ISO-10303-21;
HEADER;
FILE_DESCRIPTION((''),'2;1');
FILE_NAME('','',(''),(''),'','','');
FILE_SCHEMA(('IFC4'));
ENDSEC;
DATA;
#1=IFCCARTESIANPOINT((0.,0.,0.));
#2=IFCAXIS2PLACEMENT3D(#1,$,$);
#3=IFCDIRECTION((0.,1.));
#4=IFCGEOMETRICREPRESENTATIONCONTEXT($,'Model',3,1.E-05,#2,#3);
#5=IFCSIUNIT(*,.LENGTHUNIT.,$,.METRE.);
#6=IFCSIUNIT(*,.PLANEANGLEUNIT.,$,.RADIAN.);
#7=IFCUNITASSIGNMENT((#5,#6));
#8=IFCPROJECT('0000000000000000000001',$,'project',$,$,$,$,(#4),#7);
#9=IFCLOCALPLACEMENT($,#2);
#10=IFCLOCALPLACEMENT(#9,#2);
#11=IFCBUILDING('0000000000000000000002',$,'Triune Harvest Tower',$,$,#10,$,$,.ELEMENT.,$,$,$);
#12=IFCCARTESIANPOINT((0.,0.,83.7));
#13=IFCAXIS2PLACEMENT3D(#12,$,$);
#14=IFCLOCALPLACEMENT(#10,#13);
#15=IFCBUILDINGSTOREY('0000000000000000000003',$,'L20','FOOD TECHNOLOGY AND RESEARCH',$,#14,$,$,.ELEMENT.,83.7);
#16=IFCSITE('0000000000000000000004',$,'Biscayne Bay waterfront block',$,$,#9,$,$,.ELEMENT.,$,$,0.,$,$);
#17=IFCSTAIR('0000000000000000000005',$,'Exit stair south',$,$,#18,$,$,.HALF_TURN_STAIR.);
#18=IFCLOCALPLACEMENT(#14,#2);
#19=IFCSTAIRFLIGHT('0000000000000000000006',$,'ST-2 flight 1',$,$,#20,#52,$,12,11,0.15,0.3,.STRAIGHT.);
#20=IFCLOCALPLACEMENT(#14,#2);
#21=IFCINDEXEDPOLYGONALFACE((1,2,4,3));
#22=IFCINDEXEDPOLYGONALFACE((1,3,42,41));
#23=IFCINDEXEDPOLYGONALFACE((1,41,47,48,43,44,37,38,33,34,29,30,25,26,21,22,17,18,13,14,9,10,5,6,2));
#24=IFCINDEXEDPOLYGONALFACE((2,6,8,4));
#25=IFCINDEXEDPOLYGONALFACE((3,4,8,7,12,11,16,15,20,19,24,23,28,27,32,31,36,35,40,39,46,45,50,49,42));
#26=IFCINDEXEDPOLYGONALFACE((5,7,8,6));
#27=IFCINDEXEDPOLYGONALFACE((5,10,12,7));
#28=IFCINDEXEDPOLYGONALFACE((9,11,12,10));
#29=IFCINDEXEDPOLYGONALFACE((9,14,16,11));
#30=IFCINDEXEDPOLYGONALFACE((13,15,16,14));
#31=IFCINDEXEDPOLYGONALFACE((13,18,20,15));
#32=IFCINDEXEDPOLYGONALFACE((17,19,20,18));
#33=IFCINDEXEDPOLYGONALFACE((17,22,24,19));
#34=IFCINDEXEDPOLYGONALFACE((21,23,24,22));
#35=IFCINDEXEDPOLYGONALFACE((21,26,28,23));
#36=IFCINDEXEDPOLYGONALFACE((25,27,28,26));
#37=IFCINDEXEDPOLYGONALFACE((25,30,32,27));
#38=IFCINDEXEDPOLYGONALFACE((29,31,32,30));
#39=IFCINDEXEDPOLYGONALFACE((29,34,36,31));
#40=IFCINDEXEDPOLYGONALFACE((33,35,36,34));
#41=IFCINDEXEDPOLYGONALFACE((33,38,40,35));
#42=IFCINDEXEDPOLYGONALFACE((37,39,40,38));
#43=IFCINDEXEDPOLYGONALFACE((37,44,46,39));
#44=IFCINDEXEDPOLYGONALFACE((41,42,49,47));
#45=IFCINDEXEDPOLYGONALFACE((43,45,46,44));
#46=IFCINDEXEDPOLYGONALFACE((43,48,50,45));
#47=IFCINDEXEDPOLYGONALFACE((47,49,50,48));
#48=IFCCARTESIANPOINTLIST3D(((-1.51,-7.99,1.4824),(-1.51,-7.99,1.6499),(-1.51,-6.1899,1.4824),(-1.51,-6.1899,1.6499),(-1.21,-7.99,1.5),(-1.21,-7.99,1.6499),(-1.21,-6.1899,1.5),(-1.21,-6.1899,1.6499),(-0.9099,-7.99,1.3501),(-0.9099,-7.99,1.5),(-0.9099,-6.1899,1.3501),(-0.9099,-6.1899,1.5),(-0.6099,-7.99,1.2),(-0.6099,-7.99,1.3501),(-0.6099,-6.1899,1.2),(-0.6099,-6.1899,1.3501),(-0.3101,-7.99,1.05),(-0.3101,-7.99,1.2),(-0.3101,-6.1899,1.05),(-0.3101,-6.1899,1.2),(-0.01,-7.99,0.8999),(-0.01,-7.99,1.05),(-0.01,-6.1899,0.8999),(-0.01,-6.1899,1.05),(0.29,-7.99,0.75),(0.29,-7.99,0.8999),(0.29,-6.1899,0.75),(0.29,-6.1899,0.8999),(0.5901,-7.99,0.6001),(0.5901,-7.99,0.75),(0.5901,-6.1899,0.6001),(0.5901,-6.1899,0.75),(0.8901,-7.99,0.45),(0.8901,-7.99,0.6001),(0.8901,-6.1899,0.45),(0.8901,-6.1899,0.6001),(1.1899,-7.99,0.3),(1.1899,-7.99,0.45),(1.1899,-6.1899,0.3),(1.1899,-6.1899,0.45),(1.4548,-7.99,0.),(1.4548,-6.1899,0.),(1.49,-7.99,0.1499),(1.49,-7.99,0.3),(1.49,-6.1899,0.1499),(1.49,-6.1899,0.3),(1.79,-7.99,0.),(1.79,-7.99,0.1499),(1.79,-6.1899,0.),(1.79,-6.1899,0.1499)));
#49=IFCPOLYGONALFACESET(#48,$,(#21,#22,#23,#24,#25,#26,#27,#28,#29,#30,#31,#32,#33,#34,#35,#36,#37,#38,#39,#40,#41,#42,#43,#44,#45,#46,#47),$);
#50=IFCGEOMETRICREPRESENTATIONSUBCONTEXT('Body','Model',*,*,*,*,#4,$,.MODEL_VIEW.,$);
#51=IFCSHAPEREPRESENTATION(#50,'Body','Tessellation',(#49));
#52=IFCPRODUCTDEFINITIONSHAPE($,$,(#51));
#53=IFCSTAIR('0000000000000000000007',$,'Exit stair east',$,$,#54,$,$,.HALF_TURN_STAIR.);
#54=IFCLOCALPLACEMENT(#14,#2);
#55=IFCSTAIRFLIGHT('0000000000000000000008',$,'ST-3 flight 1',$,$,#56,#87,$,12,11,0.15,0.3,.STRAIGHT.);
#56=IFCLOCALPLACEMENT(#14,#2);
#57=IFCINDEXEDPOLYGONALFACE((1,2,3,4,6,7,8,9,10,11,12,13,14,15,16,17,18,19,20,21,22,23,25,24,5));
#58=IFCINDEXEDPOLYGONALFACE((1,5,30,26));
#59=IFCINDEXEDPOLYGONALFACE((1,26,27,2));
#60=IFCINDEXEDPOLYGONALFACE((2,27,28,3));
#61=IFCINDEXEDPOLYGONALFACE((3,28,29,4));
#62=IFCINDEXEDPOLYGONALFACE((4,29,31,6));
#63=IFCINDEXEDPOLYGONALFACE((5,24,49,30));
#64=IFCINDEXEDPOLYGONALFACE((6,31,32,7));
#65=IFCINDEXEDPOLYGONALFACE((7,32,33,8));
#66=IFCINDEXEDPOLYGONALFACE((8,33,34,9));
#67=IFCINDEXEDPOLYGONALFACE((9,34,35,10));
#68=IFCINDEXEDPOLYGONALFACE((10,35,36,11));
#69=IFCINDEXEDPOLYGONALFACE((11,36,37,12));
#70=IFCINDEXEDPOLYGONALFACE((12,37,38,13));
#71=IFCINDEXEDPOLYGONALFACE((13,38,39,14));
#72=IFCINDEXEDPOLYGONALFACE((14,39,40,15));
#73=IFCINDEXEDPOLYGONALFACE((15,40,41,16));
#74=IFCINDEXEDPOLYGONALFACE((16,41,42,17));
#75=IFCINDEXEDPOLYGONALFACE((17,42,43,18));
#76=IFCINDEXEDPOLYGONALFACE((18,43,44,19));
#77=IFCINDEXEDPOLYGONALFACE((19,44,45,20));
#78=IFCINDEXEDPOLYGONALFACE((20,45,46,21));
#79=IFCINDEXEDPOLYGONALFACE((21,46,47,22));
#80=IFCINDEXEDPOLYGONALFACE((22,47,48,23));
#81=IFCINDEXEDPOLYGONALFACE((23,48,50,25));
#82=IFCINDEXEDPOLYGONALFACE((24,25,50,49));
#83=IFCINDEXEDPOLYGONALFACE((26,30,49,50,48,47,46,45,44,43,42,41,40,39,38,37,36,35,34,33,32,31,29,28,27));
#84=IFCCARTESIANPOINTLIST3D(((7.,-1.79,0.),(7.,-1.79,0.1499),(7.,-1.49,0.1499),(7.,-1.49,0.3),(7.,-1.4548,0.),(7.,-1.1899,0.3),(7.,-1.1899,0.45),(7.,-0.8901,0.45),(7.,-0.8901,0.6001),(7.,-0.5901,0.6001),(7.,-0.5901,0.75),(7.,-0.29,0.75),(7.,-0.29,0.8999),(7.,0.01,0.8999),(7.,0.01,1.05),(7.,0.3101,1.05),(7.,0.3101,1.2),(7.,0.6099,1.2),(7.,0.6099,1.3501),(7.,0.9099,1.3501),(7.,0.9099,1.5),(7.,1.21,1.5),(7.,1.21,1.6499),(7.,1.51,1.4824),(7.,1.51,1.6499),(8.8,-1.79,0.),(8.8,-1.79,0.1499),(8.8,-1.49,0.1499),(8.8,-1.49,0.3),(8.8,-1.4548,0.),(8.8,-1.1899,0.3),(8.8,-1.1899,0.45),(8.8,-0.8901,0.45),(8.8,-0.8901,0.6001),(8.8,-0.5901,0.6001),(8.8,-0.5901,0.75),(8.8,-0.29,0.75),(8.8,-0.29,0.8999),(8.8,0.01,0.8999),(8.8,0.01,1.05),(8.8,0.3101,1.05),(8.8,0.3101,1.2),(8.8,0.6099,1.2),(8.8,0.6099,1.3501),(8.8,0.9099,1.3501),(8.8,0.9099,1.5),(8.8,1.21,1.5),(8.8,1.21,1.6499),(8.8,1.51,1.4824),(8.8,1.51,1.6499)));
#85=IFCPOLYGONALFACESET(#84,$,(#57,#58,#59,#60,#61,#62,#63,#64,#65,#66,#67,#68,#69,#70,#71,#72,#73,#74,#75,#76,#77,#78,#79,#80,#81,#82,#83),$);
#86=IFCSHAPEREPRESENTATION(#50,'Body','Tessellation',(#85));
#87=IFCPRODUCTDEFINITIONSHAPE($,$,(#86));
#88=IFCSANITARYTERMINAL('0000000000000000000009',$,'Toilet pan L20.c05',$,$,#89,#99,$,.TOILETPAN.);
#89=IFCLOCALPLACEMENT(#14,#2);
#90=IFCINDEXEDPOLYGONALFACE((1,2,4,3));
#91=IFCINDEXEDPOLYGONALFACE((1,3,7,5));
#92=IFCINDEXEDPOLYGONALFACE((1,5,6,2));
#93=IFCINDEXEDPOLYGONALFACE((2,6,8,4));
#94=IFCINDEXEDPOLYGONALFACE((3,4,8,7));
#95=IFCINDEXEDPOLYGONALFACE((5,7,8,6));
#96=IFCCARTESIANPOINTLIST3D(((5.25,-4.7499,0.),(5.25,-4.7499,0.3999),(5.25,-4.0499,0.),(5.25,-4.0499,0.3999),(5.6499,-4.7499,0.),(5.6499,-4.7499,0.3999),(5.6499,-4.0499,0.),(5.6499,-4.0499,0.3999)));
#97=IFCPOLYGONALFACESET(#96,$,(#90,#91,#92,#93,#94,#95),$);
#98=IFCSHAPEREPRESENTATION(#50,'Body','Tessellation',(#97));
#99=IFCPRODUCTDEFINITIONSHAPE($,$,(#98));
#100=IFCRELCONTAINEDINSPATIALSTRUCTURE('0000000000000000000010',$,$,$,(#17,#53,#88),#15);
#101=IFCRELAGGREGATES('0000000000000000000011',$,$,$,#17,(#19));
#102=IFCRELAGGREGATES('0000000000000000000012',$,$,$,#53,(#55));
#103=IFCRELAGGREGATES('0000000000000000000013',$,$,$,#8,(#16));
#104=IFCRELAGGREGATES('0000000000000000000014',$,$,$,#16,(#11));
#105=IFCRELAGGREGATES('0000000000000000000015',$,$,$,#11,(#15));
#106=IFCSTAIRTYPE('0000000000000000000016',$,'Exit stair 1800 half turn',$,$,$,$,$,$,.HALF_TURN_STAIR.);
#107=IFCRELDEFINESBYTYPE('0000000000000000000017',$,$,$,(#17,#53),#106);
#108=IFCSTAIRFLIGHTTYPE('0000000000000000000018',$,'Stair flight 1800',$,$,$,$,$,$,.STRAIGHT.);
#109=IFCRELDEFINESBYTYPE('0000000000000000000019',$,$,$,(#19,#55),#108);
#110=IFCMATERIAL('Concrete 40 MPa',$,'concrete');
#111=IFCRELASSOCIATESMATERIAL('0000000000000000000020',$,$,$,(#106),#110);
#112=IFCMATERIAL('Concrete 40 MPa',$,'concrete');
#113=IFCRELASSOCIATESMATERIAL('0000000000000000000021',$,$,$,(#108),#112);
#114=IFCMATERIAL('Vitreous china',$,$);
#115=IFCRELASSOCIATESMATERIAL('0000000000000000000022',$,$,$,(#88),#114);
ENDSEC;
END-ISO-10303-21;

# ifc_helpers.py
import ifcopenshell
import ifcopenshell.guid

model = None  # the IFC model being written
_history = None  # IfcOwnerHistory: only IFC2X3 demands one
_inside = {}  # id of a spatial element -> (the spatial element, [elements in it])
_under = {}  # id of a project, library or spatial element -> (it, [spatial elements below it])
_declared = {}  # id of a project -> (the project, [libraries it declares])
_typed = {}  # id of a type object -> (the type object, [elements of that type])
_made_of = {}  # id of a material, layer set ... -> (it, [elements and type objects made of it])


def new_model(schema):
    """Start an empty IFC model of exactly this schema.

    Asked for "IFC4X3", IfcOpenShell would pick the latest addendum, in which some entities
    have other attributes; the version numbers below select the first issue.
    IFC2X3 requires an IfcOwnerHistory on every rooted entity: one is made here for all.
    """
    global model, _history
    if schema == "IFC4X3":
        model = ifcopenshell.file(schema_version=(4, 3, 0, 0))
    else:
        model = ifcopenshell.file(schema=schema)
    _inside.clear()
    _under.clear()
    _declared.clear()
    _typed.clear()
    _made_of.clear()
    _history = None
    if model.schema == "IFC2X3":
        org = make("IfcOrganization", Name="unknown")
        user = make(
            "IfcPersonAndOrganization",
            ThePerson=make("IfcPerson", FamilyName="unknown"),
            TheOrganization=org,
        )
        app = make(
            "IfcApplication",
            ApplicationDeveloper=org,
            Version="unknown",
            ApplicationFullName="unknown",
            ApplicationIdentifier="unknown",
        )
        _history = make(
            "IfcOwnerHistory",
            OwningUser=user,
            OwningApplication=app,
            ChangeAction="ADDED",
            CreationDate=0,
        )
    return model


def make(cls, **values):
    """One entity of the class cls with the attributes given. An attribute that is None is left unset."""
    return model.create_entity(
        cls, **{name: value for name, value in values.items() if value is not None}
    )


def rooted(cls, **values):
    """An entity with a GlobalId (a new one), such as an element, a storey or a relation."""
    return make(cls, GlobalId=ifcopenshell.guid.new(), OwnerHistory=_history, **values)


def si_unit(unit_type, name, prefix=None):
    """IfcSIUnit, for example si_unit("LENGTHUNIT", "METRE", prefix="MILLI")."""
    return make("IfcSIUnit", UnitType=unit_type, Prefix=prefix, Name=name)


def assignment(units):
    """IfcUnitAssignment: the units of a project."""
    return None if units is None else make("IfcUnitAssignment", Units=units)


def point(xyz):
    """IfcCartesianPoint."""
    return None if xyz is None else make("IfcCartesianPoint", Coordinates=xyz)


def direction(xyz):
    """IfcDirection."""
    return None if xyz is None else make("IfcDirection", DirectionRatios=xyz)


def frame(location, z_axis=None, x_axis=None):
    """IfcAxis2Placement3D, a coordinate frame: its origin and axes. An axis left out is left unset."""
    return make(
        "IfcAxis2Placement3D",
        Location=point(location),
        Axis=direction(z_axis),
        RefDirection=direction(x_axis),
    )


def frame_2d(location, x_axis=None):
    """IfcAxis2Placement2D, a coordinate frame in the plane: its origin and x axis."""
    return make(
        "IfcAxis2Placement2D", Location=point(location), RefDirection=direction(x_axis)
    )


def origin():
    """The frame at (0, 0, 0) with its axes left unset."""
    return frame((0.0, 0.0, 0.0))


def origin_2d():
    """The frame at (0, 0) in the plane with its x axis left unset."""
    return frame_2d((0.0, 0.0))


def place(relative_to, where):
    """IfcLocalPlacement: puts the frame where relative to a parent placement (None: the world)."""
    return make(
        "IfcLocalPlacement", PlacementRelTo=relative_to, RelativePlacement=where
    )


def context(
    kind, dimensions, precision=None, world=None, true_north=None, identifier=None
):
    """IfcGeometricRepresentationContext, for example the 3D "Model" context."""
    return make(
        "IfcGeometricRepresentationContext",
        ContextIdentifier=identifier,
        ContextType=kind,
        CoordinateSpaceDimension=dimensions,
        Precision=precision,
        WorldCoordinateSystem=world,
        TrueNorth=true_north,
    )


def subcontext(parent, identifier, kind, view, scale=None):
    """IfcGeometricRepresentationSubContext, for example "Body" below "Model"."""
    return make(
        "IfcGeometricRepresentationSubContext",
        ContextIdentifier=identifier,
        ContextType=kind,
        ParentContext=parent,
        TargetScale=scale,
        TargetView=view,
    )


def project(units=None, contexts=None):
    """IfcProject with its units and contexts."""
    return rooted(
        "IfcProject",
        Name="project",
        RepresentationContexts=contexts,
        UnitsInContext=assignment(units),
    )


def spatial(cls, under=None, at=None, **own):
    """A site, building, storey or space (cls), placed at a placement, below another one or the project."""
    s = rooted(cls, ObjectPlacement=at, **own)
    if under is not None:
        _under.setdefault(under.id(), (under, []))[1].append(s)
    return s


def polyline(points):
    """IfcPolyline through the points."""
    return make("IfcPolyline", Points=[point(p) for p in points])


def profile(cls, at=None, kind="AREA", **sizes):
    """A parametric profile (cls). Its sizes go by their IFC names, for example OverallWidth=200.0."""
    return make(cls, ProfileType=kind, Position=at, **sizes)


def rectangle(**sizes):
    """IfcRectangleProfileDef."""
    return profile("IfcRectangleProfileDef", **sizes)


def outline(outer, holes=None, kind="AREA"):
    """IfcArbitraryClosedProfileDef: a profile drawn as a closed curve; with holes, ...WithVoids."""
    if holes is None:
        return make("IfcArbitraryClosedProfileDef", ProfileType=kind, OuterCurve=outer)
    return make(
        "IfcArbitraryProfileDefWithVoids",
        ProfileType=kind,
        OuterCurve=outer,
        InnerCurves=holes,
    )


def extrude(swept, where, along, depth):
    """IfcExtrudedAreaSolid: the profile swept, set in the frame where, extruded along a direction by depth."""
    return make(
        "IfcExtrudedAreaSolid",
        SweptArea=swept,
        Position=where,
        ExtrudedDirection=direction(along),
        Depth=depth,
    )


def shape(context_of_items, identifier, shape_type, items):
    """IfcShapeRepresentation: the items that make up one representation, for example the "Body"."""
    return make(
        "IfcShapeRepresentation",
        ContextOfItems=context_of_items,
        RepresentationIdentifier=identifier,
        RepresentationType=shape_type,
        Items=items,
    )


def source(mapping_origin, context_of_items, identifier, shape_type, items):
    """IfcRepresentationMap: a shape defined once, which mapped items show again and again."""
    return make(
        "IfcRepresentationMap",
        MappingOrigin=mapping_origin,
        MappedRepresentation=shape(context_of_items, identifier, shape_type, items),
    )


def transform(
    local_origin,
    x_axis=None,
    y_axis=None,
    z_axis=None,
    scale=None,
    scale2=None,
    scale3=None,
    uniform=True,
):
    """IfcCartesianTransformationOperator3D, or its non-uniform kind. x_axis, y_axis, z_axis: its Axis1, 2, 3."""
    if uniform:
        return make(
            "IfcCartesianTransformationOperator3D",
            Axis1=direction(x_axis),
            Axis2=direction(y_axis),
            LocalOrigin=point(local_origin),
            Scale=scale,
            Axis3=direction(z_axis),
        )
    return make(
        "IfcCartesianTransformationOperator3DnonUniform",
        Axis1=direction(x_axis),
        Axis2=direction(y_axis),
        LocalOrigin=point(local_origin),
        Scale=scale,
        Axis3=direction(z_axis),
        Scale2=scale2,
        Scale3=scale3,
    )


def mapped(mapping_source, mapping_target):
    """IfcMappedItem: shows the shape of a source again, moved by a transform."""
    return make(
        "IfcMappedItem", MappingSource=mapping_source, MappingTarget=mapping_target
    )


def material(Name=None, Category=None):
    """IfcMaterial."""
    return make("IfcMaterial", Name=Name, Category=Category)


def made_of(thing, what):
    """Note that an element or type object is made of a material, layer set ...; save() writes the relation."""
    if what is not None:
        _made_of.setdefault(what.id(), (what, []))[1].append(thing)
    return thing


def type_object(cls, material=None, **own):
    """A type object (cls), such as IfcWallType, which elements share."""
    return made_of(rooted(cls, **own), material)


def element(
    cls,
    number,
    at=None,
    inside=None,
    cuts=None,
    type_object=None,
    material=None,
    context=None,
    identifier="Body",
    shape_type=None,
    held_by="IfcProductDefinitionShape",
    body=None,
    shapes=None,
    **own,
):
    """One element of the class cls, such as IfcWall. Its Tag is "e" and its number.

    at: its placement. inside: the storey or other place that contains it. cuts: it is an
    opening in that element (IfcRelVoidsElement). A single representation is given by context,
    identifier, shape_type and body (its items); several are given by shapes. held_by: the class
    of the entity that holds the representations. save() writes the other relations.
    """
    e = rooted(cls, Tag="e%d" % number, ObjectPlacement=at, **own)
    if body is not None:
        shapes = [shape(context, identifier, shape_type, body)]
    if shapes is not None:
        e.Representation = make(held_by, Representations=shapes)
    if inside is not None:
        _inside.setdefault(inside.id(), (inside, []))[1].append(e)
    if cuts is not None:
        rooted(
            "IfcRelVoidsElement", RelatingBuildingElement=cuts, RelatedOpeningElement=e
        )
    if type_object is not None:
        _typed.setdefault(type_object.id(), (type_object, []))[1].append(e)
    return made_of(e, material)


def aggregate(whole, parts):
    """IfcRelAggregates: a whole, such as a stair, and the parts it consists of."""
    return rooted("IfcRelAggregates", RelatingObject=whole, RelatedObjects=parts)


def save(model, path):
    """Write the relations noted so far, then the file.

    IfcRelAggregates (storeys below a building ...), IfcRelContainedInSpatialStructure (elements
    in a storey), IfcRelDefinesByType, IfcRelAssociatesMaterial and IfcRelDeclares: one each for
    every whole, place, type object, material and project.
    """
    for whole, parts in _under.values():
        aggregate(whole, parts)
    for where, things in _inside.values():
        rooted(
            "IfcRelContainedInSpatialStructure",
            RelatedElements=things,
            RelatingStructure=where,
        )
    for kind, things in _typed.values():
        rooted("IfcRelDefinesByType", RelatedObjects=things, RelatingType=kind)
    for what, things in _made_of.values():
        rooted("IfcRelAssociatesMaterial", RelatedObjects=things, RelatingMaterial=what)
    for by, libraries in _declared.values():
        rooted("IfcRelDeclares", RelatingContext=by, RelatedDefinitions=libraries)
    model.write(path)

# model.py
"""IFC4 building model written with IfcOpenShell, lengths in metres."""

from ifc_helpers import new_model, si_unit, direction, frame, origin, origin_2d, place, context, subcontext, project, spatial, polyline, rectangle, outline, extrude, source, transform, mapped, material, type_object, element, aggregate, save


model = new_model("IFC4")

# Units and contexts
model_context = context("Model", 3, precision=1e-05, world=origin(), true_north=direction((0.0, 1.0)))
body_context = subcontext(model_context, "Body", "Model", "MODEL_VIEW")
ifc_project = project(units=[si_unit("LENGTHUNIT", "METRE"), si_unit("PLANEANGLEUNIT", "RADIAN")], contexts=[model_context])

# Site, building, storey
site_placement = place(None, origin())
site = spatial("IfcSite", under=ifc_project, at=site_placement, Name="Biscayne Bay waterfront block", CompositionType="ELEMENT", RefElevation=0.0)
building_placement = place(site_placement, origin())
building = spatial("IfcBuilding", under=site, at=building_placement, Name="Triune Harvest Tower", CompositionType="ELEMENT")
storey_placement = place(building_placement, frame((0.0, 0.0, 83.7)))
storey = spatial("IfcBuildingStorey", under=building, at=storey_placement, Name="L20", Description="FOOD TECHNOLOGY AND RESEARCH", CompositionType="ELEMENT", Elevation=83.7)

# Stairs, stair flights
ifc_material_1 = material(Name="Concrete 40 MPa", Category="concrete")
stair_type = type_object("IfcStairType", Name="Exit stair 1800 half turn", PredefinedType="HALF_TURN_STAIR", material=ifc_material_1)
stair_1_placement = place(storey_placement, origin())
stair_1 = element("IfcStair", 1, at=stair_1_placement, inside=storey, type_object=stair_type, Name="Exit stair south", PredefinedType="HALF_TURN_STAIR")
ifc_material_2 = material(Name="Concrete 40 MPa", Category="concrete")
stair_flight_type = type_object("IfcStairFlightType", Name="Stair flight 1800", PredefinedType="STRAIGHT", material=ifc_material_2)
shared_shape_1 = source(origin(), body_context, "Body", "SweptSolid", [
    extrude(outline(polyline([(0.0, 0.0), (0.0, 0.1499), (0.3, 0.1499), (0.3, 0.3), (0.6001, 0.3), (0.6001, 0.45), (0.8999, 0.45), (0.8999, 0.6001), (1.2, 0.6001), (1.2, 0.75), (1.5, 0.75), (1.5, 0.8999), (1.8, 0.8999), (1.8, 1.05), (2.1001, 1.05), (2.1001, 1.2), (2.3999, 1.2), (2.3999, 1.3501), (2.7, 1.3501), (2.7, 1.5), (3.0, 1.5), (3.0, 1.6499), (3.3, 1.6499), (3.3, 1.8), (3.3, 1.4824), (0.3352, 0.0), (0.0, 0.0)])), frame((0.0, 0.8999, 0.0), z_axis=(0.0, -1.0, 0.0), x_axis=(1.0, 0.0, 0.0)), (0.0, 0.0, 1.0), 1.8),
])
stair_flight_1_placement = place(storey_placement, frame((1.79, -7.0901, 0.0), z_axis=(0.0, 0.0, 1.0), x_axis=(-1.0, 0.0, 0.0)))
stair_flight_1 = element("IfcStairFlight", 2, at=stair_flight_1_placement, type_object=stair_flight_type, Name="ST-2 flight 1", NumberOfRisers=12, NumberOfTreads=11, PredefinedType="STRAIGHT", RiserHeight=0.15, TreadLength=0.3, context=body_context, shape_type="MappedRepresentation", body=[
    mapped(shared_shape_1, transform((0.0, 0.0, 0.0), scale=1.0)),
])
aggregate(stair_1, [stair_flight_1])
stair_2_placement = place(storey_placement, origin())
stair_2 = element("IfcStair", 3, at=stair_2_placement, inside=storey, type_object=stair_type, Name="Exit stair east", PredefinedType="HALF_TURN_STAIR")
stair_flight_2_placement = place(storey_placement, frame((7.8999, -1.79, 0.0), z_axis=(0.0, 0.0, 1.0), x_axis=(0.0, 1.0, 0.0)))
stair_flight_2 = element("IfcStairFlight", 4, at=stair_flight_2_placement, type_object=stair_flight_type, Name="ST-3 flight 1", NumberOfRisers=12, NumberOfTreads=11, PredefinedType="STRAIGHT", RiserHeight=0.15, TreadLength=0.3, context=body_context, shape_type="MappedRepresentation", body=[
    mapped(shared_shape_1, transform((0.0, 0.0, 0.0), scale=1.0)),
])
aggregate(stair_2, [stair_flight_2])

# Sanitary terminal
ifc_material_3 = material(Name="Vitreous china")
shared_shape_2 = source(origin(), body_context, "Body", "SweptSolid", [
    extrude(rectangle(XDim=0.3999, YDim=0.7, at=origin_2d()), origin(), (0.0, 0.0, 1.0), 0.3999),
])
sanitary_terminal_placement = place(storey_placement, frame((5.45, -4.3999, 0.0), z_axis=(0.0, 0.0, 1.0), x_axis=(1.0, 0.0, 0.0)))
element("IfcSanitaryTerminal", 5, at=sanitary_terminal_placement, inside=storey, material=ifc_material_3, Name="Toilet pan L20.c05", PredefinedType="TOILETPAN", context=body_context, shape_type="MappedRepresentation", body=[
    mapped(shared_shape_2, transform((0.0, 0.0, 0.0), scale=1.0)),
])

save(model, "model.ifc")
